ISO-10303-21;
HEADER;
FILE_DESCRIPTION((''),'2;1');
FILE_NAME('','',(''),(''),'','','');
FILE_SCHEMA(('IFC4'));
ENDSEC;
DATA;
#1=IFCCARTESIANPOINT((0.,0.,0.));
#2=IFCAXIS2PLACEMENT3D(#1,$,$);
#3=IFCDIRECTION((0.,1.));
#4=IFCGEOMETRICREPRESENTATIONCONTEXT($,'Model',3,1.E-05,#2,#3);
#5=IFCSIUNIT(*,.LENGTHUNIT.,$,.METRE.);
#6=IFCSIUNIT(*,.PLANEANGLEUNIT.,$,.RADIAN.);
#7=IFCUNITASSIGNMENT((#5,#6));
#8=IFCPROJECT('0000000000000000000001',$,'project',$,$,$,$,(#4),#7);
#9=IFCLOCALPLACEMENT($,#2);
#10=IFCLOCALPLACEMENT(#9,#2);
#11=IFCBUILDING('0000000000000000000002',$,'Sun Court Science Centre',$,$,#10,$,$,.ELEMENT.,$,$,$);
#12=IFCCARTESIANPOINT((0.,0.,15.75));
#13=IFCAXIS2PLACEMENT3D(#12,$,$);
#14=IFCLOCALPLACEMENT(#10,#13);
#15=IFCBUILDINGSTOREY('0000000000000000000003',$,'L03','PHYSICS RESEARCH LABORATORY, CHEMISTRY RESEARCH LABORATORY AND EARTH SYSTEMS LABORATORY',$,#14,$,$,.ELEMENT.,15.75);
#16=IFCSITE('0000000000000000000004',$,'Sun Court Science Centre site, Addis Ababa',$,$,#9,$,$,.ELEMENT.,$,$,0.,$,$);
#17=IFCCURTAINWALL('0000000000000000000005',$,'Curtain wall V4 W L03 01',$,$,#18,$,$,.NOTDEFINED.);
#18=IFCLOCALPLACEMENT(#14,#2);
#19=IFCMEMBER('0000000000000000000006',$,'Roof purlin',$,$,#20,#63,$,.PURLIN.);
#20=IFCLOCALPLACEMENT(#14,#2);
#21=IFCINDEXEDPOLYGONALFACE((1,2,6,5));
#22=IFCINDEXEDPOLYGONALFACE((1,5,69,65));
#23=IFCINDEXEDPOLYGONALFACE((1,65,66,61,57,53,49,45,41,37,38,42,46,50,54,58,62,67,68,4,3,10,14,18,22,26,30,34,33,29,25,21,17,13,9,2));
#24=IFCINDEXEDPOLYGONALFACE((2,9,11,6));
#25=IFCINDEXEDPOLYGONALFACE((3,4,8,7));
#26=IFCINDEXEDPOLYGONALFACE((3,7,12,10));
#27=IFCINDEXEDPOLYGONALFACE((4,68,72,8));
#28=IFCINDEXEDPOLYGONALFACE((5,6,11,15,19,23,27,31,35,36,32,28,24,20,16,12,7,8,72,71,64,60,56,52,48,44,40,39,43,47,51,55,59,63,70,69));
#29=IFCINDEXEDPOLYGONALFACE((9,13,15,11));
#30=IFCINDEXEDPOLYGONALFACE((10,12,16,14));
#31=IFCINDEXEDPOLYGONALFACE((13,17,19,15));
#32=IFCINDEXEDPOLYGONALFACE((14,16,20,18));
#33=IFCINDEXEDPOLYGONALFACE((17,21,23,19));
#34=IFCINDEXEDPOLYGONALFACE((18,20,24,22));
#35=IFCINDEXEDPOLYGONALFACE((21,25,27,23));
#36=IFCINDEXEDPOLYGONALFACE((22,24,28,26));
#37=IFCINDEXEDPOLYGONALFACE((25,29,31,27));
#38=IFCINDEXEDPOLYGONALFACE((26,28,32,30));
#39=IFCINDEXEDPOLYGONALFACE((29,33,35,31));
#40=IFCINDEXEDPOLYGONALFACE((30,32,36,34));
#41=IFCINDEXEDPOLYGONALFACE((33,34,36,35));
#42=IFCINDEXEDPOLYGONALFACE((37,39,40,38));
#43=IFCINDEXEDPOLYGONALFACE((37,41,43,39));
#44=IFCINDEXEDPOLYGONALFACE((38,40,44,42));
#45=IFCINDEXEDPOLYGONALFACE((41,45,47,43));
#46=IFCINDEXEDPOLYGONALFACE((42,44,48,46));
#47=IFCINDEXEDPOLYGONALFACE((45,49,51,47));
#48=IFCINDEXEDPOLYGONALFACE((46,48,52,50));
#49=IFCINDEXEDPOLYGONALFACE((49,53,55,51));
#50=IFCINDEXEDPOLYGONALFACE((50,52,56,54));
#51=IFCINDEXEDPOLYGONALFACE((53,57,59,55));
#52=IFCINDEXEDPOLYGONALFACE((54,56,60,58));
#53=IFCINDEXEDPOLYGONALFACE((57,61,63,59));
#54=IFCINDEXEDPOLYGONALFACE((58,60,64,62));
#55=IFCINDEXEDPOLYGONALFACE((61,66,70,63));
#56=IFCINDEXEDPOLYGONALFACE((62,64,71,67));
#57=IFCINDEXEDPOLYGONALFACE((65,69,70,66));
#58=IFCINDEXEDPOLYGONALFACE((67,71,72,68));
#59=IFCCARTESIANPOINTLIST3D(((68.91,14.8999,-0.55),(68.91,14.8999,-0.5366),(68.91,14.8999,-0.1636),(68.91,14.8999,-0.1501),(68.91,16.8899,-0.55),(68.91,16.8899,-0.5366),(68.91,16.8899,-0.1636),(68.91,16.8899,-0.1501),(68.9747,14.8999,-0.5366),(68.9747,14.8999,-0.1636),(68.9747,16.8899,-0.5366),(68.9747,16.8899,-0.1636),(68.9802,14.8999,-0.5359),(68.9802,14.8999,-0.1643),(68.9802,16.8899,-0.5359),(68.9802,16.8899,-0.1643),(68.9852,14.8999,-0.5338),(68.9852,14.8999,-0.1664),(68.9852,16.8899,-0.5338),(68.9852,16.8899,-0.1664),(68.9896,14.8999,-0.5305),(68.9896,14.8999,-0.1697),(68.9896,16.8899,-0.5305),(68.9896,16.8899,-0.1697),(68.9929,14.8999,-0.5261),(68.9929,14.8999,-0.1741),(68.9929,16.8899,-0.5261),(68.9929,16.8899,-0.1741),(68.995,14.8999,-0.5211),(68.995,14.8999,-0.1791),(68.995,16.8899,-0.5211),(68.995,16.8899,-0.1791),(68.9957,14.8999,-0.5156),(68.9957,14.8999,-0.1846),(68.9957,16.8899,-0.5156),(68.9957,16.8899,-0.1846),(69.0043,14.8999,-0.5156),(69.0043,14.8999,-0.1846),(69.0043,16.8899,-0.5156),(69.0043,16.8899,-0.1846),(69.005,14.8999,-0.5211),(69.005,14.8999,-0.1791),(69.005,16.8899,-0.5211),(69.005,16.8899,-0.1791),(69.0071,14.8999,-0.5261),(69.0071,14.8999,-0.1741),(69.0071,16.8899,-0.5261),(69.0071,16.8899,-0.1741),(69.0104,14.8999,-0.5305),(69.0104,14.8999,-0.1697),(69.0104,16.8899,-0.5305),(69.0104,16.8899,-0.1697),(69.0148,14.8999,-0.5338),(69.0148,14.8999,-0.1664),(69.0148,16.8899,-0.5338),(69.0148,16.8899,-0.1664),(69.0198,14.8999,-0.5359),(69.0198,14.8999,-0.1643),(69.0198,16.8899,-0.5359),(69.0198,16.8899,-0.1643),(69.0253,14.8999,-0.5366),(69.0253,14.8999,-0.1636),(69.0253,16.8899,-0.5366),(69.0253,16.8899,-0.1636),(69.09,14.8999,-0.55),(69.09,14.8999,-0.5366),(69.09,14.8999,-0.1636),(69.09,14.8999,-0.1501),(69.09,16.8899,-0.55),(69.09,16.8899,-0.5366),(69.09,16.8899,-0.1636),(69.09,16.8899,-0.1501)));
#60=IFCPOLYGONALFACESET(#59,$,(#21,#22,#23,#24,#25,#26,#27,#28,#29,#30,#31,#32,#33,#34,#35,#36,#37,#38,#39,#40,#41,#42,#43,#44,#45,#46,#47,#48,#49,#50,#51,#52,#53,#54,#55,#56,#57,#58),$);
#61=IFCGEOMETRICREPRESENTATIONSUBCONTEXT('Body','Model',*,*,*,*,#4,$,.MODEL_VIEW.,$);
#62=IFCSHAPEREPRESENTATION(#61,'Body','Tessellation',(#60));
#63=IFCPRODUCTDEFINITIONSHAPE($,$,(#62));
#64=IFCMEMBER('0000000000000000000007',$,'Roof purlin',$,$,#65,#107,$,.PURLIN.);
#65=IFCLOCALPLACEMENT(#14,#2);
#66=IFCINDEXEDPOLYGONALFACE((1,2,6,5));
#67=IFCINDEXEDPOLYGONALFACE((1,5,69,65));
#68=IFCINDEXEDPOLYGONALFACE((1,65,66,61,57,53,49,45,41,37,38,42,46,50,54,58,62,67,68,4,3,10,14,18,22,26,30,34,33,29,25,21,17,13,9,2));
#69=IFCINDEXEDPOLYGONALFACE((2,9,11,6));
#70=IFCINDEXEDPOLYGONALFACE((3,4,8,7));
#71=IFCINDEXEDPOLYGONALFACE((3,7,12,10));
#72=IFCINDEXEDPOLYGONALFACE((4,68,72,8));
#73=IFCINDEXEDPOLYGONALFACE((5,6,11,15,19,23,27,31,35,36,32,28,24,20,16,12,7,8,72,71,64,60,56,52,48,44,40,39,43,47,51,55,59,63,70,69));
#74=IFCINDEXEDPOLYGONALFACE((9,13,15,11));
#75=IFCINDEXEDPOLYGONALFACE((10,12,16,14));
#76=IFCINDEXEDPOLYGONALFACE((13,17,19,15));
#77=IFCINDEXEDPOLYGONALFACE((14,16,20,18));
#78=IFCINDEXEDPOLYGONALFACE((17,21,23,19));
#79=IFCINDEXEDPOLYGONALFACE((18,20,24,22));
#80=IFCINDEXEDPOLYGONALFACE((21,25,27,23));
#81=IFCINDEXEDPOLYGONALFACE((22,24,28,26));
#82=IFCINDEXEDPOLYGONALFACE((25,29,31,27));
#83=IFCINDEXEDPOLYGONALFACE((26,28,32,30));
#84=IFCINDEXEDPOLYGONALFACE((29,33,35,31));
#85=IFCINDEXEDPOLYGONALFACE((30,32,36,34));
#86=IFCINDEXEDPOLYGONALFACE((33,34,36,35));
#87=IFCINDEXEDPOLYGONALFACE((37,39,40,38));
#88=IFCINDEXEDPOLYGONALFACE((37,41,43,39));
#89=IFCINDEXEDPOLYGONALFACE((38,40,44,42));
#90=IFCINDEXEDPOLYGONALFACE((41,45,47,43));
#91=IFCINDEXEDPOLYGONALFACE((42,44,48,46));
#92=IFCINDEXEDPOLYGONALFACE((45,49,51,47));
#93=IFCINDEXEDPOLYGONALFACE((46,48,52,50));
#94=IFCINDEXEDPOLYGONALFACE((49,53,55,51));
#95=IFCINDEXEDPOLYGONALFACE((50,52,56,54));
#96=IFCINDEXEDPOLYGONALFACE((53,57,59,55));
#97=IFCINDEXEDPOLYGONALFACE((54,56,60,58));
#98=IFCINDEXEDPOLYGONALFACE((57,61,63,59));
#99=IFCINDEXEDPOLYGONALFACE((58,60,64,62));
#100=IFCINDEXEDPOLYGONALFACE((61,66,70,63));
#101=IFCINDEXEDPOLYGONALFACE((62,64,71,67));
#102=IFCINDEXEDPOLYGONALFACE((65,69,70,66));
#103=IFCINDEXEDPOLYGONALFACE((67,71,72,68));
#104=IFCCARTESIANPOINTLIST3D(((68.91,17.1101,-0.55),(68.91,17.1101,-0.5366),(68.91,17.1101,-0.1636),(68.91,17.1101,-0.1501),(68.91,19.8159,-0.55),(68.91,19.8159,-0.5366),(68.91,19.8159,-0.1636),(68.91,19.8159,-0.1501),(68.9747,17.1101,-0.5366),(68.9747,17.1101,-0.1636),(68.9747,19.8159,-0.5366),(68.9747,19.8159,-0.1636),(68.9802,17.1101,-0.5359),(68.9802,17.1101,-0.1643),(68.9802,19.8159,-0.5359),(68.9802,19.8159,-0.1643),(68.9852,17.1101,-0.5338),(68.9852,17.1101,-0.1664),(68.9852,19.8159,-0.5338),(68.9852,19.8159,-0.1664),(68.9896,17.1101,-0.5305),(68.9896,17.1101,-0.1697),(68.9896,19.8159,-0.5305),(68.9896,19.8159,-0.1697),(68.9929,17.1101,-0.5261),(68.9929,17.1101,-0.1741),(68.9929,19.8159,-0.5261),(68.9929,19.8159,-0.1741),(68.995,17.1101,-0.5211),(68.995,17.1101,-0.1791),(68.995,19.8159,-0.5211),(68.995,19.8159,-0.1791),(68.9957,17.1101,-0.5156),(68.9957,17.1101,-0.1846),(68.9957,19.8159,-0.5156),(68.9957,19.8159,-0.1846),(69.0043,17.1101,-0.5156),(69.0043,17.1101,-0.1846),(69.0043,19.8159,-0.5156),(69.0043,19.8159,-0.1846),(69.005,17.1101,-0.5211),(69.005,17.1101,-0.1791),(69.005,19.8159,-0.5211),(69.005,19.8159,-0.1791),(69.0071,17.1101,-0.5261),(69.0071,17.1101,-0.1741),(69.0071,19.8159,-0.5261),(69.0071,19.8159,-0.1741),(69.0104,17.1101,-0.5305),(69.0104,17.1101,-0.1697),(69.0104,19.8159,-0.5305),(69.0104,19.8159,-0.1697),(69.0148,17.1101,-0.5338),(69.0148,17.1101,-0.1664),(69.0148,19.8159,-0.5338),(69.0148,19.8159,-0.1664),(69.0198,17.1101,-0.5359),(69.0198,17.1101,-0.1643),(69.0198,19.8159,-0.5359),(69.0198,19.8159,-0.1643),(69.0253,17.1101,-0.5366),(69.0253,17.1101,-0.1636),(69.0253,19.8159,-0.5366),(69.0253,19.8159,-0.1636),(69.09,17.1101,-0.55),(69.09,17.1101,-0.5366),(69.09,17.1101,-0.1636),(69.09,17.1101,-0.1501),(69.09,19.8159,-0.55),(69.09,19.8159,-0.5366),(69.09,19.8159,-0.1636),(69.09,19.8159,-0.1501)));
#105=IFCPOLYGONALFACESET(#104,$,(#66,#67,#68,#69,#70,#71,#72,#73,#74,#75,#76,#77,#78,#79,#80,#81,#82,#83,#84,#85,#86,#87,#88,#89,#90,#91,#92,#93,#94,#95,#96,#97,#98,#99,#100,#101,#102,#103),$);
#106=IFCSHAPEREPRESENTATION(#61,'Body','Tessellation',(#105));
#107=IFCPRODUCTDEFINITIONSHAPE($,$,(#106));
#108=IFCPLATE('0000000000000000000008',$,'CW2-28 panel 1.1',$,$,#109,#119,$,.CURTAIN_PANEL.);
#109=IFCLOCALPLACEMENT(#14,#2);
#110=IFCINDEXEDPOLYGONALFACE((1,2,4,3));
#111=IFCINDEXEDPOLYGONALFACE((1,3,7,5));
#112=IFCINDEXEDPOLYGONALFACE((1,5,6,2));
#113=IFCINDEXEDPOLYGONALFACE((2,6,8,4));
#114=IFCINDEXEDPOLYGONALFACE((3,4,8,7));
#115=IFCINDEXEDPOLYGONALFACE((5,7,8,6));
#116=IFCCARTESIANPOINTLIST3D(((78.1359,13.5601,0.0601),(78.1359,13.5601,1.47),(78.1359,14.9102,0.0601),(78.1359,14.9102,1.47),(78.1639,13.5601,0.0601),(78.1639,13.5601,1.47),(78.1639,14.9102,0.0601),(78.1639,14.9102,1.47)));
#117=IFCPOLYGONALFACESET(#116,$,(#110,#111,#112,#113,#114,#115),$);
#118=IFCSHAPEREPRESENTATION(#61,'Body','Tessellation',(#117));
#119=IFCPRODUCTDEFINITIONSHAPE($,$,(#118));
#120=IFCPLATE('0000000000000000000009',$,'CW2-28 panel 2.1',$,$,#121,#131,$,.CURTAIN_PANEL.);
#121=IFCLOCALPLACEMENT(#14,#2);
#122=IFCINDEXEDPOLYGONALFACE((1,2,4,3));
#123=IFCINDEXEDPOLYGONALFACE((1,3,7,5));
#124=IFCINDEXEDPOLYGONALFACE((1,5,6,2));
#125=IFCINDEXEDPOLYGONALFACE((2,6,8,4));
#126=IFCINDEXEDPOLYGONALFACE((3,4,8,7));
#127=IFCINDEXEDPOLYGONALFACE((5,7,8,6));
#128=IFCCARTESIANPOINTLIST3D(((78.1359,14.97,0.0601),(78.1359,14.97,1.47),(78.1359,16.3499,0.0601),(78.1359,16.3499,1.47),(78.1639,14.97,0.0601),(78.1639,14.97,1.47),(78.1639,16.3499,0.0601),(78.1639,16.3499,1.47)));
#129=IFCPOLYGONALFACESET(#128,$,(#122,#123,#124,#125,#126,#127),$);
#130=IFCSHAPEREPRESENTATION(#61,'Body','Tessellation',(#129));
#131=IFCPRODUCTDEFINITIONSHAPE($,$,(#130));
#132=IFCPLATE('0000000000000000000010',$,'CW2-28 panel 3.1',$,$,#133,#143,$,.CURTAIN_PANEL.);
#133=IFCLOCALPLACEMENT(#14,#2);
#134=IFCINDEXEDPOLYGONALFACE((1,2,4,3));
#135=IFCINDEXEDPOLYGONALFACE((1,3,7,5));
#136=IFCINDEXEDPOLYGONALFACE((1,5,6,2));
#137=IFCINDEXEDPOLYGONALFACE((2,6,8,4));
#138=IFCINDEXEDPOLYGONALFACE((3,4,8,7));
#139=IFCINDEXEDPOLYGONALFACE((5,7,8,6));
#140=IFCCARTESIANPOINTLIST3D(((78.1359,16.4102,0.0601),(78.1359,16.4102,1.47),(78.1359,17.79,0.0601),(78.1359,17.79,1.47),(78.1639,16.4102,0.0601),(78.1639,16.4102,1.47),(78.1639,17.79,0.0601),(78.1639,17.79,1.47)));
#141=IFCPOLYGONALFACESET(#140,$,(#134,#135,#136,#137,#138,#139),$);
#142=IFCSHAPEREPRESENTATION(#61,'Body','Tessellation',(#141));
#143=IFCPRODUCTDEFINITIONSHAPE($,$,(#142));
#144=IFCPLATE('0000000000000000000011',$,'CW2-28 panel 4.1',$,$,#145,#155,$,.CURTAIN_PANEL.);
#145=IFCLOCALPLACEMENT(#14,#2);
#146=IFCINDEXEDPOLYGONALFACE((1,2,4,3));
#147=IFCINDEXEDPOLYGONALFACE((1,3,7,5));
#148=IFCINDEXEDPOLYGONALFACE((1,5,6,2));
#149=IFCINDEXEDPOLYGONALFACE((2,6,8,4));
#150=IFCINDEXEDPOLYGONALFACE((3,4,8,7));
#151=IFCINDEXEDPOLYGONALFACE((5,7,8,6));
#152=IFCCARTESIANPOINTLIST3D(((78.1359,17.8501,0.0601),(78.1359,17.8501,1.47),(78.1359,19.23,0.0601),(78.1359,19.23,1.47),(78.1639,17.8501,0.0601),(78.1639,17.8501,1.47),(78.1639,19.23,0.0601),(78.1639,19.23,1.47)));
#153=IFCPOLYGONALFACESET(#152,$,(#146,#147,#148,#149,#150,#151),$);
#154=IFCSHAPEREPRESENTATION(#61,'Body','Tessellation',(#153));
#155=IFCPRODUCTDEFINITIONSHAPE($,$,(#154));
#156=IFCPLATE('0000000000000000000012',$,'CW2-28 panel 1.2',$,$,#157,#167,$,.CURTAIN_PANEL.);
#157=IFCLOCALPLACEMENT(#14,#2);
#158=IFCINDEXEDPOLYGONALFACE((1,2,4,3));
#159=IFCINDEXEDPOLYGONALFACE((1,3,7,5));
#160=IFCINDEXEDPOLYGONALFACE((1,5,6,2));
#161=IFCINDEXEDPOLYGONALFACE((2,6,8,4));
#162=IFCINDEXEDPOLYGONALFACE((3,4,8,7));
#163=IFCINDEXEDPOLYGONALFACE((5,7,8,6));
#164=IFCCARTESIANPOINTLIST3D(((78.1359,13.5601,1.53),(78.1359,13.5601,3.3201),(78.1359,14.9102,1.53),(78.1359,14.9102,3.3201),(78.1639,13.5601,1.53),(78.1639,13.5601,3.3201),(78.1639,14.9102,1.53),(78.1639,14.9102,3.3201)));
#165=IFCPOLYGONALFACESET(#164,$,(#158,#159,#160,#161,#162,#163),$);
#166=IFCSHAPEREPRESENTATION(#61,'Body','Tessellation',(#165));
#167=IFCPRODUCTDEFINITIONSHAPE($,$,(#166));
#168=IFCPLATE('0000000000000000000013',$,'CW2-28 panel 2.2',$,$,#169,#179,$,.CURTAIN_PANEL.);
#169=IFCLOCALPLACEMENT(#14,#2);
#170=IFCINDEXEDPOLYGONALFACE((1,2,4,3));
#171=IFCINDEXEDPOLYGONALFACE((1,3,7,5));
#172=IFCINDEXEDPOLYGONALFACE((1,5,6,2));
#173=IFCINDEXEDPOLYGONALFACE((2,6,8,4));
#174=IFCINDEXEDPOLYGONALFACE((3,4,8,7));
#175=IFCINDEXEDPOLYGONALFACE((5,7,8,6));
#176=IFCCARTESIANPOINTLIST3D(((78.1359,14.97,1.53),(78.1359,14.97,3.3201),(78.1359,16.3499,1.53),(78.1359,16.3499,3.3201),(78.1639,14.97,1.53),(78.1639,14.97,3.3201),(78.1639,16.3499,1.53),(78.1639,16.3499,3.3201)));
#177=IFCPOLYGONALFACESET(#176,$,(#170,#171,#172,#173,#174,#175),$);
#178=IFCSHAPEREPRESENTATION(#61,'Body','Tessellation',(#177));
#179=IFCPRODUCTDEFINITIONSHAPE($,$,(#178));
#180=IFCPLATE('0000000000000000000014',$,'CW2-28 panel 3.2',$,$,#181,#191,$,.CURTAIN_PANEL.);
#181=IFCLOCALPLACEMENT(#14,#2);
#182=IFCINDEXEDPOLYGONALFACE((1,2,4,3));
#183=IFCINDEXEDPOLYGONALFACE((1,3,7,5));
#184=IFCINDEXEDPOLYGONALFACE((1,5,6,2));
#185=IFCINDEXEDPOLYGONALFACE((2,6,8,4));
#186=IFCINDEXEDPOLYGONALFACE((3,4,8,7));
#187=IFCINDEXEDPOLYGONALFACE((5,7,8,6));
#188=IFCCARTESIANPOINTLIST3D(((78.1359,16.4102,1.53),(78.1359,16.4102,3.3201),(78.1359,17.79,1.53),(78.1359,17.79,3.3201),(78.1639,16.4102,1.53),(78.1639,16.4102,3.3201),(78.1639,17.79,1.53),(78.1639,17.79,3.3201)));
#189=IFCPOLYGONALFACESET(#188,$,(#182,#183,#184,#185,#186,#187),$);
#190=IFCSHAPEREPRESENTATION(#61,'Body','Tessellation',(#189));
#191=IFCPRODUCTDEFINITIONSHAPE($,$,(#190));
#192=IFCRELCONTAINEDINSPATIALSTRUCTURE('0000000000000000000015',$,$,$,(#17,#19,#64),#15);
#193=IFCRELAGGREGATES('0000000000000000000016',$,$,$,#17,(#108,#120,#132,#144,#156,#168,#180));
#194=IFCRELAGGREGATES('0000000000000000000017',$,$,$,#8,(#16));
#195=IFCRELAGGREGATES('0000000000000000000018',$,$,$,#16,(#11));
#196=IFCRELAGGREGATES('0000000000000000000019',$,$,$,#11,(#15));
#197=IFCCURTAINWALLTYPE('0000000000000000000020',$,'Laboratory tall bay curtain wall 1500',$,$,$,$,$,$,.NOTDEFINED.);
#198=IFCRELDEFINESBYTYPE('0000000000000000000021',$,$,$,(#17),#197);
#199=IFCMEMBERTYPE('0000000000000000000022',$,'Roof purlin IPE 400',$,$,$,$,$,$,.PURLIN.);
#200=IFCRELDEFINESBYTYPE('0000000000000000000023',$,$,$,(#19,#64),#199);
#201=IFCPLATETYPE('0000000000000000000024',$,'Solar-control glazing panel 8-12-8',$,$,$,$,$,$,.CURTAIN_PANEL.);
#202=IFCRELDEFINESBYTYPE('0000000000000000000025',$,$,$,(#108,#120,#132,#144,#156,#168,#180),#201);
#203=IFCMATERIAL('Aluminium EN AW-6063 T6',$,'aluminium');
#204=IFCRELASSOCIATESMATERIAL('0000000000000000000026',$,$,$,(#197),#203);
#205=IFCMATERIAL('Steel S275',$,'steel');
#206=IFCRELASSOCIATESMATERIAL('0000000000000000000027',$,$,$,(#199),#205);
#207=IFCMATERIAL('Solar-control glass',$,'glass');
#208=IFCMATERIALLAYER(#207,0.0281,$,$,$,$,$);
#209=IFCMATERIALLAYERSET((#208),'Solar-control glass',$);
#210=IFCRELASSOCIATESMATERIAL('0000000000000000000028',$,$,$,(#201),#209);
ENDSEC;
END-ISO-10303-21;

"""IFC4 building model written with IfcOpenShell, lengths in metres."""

from ifc_helpers import new_model, si_unit, direction, frame, origin, origin_2d, place, context, subcontext, project, spatial, rectangle, i_section, extrude, material, layer, layer_set, material_profile, profile_set, type_object, element, aggregate, save


model = new_model("IFC4")

# Units and contexts
model_context = context("Model", 3, precision=1e-05, world=origin(), true_north=direction((0.0, 1.0)))
body_context = subcontext(model_context, "Body", "Model", "MODEL_VIEW")
ifc_project = project(units=[si_unit("LENGTHUNIT", "METRE"), si_unit("PLANEANGLEUNIT", "RADIAN")], contexts=[model_context])

# Site, building, storey
site_placement = place(None, origin())
site = spatial("IfcSite", under=ifc_project, at=site_placement, Name="Sun Court Science Centre site, Addis Ababa", CompositionType="ELEMENT", RefElevation=0.0)
building_placement = place(site_placement, origin())
building = spatial("IfcBuilding", under=site, at=building_placement, Name="Sun Court Science Centre", CompositionType="ELEMENT")
storey_placement = place(building_placement, frame((0.0, 0.0, 15.75)))
storey = spatial("IfcBuildingStorey", under=building, at=storey_placement, Name="L03", Description="PHYSICS RESEARCH LABORATORY, CHEMISTRY RESEARCH LABORATORY AND EARTH SYSTEMS LABORATORY", CompositionType="ELEMENT", Elevation=15.75)

# Curtain wall
ifc_material_1 = material(Name="Aluminium EN AW-6063 T6", Category="aluminium")
curtain_wall_type = type_object("IfcCurtainWallType", Name="Laboratory tall bay curtain wall 1500", PredefinedType="NOTDEFINED", material=ifc_material_1)
curtain_wall_placement = place(storey_placement, origin())
curtain_wall = element("IfcCurtainWall", 1, at=curtain_wall_placement, inside=storey, type_object=curtain_wall_type, Name="Curtain wall V4 W L03 01", PredefinedType="NOTDEFINED")

# Members
ifc_material_2 = material(Name="Steel S275", Category="steel")
ifc_material_profile_1 = material_profile(ifc_material_2, i_section(OverallWidth=0.1799, OverallDepth=0.3999, WebThickness=0.0085, FlangeThickness=0.0134, FilletRadius=0.021, at=origin_2d()), Name="IPE 400")
ifc_profile_set_1 = profile_set([ifc_material_profile_1], Name="Steel S275")
member_type_1 = type_object("IfcMemberType", Name="Roof purlin IPE 400", PredefinedType="PURLIN", material=ifc_profile_set_1)
member_1_placement = place(storey_placement, frame((69.0, 14.8999, -0.3501), z_axis=(0.0, 1.0, 0.0), x_axis=(-1.0, 0.0, 0.0)))
element("IfcMember", 2, at=member_1_placement, inside=storey, type_object=member_type_1, Name="Roof purlin", PredefinedType="PURLIN", context=body_context, shape_type="SweptSolid", body=[
    extrude(i_section(OverallWidth=0.1799, OverallDepth=0.3999, WebThickness=0.0085, FlangeThickness=0.0134, FilletRadius=0.021, at=origin_2d()), origin(), (0.0, 0.0, 1.0), 1.99),
])
member_2_placement = place(storey_placement, frame((69.0, 17.1101, -0.3501), z_axis=(0.0, 1.0, 0.0), x_axis=(-1.0, 0.0, 0.0)))
element("IfcMember", 3, at=member_2_placement, inside=storey, type_object=member_type_1, Name="Roof purlin", PredefinedType="PURLIN", context=body_context, shape_type="SweptSolid", body=[
    extrude(i_section(OverallWidth=0.1799, OverallDepth=0.3999, WebThickness=0.0085, FlangeThickness=0.0134, FilletRadius=0.021, at=origin_2d()), origin(), (0.0, 0.0, 1.0), 2.7058),
])

# Plates
ifc_material_3 = material(Name="Solar-control glass", Category="glass")
ifc_layer_1 = layer(ifc_material_3, 0.0281)
ifc_layer_set_1 = layer_set([ifc_layer_1], Name="Solar-control glass")
plate_type = type_object("IfcPlateType", Name="Solar-control glazing panel 8-12-8", PredefinedType="CURTAIN_PANEL", material=ifc_layer_set_1)
plate_1_placement = place(storey_placement, frame((78.1499, 14.2351, 0.0601), z_axis=(0.0, 0.0, 1.0), x_axis=(0.0, 1.0, 0.0)))
plate_1 = element("IfcPlate", 4, at=plate_1_placement, type_object=plate_type, Name="CW2-28 panel 1.1", PredefinedType="CURTAIN_PANEL", context=body_context, shape_type="SweptSolid", body=[
    extrude(rectangle(XDim=1.3501, YDim=0.0281, at=origin_2d()), origin(), (0.0, 0.0, 1.0), 1.4099),
])
plate_2_placement = place(storey_placement, frame((78.1499, 15.6599, 0.0601), z_axis=(0.0, 0.0, 1.0), x_axis=(0.0, 1.0, 0.0)))
plate_2 = element("IfcPlate", 5, at=plate_2_placement, type_object=plate_type, Name="CW2-28 panel 2.1", PredefinedType="CURTAIN_PANEL", context=body_context, shape_type="SweptSolid", body=[
    extrude(rectangle(XDim=1.3799, YDim=0.0281, at=origin_2d()), origin(), (0.0, 0.0, 1.0), 1.4099),
])
plate_3_placement = place(storey_placement, frame((78.1499, 17.1001, 0.0601), z_axis=(0.0, 0.0, 1.0), x_axis=(0.0, 1.0, 0.0)))
plate_3 = element("IfcPlate", 6, at=plate_3_placement, type_object=plate_type, Name="CW2-28 panel 3.1", PredefinedType="CURTAIN_PANEL", context=body_context, shape_type="SweptSolid", body=[
    extrude(rectangle(XDim=1.3799, YDim=0.0281, at=origin_2d()), origin(), (0.0, 0.0, 1.0), 1.4099),
])
plate_4_placement = place(storey_placement, frame((78.1499, 18.54, 0.0601), z_axis=(0.0, 0.0, 1.0), x_axis=(0.0, 1.0, 0.0)))
plate_4 = element("IfcPlate", 7, at=plate_4_placement, type_object=plate_type, Name="CW2-28 panel 4.1", PredefinedType="CURTAIN_PANEL", context=body_context, shape_type="SweptSolid", body=[
    extrude(rectangle(XDim=1.3799, YDim=0.0281, at=origin_2d()), origin(), (0.0, 0.0, 1.0), 1.4099),
])
plate_5_placement = place(storey_placement, frame((78.1499, 14.2351, 1.53), z_axis=(0.0, 0.0, 1.0), x_axis=(0.0, 1.0, 0.0)))
plate_5 = element("IfcPlate", 8, at=plate_5_placement, type_object=plate_type, Name="CW2-28 panel 1.2", PredefinedType="CURTAIN_PANEL", context=body_context, shape_type="SweptSolid", body=[
    extrude(rectangle(XDim=1.3501, YDim=0.0281, at=origin_2d()), origin(), (0.0, 0.0, 1.0), 1.79),
])
plate_6_placement = place(storey_placement, frame((78.1499, 15.6599, 1.53), z_axis=(0.0, 0.0, 1.0), x_axis=(0.0, 1.0, 0.0)))
plate_6 = element("IfcPlate", 9, at=plate_6_placement, type_object=plate_type, Name="CW2-28 panel 2.2", PredefinedType="CURTAIN_PANEL", context=body_context, shape_type="SweptSolid", body=[
    extrude(rectangle(XDim=1.3799, YDim=0.0281, at=origin_2d()), origin(), (0.0, 0.0, 1.0), 1.79),
])
plate_7_placement = place(storey_placement, frame((78.1499, 17.1001, 1.53), z_axis=(0.0, 0.0, 1.0), x_axis=(0.0, 1.0, 0.0)))
plate_7 = element("IfcPlate", 10, at=plate_7_placement, type_object=plate_type, Name="CW2-28 panel 3.2", PredefinedType="CURTAIN_PANEL", context=body_context, shape_type="SweptSolid", body=[
    extrude(rectangle(XDim=1.3799, YDim=0.0281, at=origin_2d()), origin(), (0.0, 0.0, 1.0), 1.79),
])
aggregate(curtain_wall, [plate_1, plate_2, plate_3, plate_4, plate_5, plate_6, plate_7])

save(model, "model.ifc")
